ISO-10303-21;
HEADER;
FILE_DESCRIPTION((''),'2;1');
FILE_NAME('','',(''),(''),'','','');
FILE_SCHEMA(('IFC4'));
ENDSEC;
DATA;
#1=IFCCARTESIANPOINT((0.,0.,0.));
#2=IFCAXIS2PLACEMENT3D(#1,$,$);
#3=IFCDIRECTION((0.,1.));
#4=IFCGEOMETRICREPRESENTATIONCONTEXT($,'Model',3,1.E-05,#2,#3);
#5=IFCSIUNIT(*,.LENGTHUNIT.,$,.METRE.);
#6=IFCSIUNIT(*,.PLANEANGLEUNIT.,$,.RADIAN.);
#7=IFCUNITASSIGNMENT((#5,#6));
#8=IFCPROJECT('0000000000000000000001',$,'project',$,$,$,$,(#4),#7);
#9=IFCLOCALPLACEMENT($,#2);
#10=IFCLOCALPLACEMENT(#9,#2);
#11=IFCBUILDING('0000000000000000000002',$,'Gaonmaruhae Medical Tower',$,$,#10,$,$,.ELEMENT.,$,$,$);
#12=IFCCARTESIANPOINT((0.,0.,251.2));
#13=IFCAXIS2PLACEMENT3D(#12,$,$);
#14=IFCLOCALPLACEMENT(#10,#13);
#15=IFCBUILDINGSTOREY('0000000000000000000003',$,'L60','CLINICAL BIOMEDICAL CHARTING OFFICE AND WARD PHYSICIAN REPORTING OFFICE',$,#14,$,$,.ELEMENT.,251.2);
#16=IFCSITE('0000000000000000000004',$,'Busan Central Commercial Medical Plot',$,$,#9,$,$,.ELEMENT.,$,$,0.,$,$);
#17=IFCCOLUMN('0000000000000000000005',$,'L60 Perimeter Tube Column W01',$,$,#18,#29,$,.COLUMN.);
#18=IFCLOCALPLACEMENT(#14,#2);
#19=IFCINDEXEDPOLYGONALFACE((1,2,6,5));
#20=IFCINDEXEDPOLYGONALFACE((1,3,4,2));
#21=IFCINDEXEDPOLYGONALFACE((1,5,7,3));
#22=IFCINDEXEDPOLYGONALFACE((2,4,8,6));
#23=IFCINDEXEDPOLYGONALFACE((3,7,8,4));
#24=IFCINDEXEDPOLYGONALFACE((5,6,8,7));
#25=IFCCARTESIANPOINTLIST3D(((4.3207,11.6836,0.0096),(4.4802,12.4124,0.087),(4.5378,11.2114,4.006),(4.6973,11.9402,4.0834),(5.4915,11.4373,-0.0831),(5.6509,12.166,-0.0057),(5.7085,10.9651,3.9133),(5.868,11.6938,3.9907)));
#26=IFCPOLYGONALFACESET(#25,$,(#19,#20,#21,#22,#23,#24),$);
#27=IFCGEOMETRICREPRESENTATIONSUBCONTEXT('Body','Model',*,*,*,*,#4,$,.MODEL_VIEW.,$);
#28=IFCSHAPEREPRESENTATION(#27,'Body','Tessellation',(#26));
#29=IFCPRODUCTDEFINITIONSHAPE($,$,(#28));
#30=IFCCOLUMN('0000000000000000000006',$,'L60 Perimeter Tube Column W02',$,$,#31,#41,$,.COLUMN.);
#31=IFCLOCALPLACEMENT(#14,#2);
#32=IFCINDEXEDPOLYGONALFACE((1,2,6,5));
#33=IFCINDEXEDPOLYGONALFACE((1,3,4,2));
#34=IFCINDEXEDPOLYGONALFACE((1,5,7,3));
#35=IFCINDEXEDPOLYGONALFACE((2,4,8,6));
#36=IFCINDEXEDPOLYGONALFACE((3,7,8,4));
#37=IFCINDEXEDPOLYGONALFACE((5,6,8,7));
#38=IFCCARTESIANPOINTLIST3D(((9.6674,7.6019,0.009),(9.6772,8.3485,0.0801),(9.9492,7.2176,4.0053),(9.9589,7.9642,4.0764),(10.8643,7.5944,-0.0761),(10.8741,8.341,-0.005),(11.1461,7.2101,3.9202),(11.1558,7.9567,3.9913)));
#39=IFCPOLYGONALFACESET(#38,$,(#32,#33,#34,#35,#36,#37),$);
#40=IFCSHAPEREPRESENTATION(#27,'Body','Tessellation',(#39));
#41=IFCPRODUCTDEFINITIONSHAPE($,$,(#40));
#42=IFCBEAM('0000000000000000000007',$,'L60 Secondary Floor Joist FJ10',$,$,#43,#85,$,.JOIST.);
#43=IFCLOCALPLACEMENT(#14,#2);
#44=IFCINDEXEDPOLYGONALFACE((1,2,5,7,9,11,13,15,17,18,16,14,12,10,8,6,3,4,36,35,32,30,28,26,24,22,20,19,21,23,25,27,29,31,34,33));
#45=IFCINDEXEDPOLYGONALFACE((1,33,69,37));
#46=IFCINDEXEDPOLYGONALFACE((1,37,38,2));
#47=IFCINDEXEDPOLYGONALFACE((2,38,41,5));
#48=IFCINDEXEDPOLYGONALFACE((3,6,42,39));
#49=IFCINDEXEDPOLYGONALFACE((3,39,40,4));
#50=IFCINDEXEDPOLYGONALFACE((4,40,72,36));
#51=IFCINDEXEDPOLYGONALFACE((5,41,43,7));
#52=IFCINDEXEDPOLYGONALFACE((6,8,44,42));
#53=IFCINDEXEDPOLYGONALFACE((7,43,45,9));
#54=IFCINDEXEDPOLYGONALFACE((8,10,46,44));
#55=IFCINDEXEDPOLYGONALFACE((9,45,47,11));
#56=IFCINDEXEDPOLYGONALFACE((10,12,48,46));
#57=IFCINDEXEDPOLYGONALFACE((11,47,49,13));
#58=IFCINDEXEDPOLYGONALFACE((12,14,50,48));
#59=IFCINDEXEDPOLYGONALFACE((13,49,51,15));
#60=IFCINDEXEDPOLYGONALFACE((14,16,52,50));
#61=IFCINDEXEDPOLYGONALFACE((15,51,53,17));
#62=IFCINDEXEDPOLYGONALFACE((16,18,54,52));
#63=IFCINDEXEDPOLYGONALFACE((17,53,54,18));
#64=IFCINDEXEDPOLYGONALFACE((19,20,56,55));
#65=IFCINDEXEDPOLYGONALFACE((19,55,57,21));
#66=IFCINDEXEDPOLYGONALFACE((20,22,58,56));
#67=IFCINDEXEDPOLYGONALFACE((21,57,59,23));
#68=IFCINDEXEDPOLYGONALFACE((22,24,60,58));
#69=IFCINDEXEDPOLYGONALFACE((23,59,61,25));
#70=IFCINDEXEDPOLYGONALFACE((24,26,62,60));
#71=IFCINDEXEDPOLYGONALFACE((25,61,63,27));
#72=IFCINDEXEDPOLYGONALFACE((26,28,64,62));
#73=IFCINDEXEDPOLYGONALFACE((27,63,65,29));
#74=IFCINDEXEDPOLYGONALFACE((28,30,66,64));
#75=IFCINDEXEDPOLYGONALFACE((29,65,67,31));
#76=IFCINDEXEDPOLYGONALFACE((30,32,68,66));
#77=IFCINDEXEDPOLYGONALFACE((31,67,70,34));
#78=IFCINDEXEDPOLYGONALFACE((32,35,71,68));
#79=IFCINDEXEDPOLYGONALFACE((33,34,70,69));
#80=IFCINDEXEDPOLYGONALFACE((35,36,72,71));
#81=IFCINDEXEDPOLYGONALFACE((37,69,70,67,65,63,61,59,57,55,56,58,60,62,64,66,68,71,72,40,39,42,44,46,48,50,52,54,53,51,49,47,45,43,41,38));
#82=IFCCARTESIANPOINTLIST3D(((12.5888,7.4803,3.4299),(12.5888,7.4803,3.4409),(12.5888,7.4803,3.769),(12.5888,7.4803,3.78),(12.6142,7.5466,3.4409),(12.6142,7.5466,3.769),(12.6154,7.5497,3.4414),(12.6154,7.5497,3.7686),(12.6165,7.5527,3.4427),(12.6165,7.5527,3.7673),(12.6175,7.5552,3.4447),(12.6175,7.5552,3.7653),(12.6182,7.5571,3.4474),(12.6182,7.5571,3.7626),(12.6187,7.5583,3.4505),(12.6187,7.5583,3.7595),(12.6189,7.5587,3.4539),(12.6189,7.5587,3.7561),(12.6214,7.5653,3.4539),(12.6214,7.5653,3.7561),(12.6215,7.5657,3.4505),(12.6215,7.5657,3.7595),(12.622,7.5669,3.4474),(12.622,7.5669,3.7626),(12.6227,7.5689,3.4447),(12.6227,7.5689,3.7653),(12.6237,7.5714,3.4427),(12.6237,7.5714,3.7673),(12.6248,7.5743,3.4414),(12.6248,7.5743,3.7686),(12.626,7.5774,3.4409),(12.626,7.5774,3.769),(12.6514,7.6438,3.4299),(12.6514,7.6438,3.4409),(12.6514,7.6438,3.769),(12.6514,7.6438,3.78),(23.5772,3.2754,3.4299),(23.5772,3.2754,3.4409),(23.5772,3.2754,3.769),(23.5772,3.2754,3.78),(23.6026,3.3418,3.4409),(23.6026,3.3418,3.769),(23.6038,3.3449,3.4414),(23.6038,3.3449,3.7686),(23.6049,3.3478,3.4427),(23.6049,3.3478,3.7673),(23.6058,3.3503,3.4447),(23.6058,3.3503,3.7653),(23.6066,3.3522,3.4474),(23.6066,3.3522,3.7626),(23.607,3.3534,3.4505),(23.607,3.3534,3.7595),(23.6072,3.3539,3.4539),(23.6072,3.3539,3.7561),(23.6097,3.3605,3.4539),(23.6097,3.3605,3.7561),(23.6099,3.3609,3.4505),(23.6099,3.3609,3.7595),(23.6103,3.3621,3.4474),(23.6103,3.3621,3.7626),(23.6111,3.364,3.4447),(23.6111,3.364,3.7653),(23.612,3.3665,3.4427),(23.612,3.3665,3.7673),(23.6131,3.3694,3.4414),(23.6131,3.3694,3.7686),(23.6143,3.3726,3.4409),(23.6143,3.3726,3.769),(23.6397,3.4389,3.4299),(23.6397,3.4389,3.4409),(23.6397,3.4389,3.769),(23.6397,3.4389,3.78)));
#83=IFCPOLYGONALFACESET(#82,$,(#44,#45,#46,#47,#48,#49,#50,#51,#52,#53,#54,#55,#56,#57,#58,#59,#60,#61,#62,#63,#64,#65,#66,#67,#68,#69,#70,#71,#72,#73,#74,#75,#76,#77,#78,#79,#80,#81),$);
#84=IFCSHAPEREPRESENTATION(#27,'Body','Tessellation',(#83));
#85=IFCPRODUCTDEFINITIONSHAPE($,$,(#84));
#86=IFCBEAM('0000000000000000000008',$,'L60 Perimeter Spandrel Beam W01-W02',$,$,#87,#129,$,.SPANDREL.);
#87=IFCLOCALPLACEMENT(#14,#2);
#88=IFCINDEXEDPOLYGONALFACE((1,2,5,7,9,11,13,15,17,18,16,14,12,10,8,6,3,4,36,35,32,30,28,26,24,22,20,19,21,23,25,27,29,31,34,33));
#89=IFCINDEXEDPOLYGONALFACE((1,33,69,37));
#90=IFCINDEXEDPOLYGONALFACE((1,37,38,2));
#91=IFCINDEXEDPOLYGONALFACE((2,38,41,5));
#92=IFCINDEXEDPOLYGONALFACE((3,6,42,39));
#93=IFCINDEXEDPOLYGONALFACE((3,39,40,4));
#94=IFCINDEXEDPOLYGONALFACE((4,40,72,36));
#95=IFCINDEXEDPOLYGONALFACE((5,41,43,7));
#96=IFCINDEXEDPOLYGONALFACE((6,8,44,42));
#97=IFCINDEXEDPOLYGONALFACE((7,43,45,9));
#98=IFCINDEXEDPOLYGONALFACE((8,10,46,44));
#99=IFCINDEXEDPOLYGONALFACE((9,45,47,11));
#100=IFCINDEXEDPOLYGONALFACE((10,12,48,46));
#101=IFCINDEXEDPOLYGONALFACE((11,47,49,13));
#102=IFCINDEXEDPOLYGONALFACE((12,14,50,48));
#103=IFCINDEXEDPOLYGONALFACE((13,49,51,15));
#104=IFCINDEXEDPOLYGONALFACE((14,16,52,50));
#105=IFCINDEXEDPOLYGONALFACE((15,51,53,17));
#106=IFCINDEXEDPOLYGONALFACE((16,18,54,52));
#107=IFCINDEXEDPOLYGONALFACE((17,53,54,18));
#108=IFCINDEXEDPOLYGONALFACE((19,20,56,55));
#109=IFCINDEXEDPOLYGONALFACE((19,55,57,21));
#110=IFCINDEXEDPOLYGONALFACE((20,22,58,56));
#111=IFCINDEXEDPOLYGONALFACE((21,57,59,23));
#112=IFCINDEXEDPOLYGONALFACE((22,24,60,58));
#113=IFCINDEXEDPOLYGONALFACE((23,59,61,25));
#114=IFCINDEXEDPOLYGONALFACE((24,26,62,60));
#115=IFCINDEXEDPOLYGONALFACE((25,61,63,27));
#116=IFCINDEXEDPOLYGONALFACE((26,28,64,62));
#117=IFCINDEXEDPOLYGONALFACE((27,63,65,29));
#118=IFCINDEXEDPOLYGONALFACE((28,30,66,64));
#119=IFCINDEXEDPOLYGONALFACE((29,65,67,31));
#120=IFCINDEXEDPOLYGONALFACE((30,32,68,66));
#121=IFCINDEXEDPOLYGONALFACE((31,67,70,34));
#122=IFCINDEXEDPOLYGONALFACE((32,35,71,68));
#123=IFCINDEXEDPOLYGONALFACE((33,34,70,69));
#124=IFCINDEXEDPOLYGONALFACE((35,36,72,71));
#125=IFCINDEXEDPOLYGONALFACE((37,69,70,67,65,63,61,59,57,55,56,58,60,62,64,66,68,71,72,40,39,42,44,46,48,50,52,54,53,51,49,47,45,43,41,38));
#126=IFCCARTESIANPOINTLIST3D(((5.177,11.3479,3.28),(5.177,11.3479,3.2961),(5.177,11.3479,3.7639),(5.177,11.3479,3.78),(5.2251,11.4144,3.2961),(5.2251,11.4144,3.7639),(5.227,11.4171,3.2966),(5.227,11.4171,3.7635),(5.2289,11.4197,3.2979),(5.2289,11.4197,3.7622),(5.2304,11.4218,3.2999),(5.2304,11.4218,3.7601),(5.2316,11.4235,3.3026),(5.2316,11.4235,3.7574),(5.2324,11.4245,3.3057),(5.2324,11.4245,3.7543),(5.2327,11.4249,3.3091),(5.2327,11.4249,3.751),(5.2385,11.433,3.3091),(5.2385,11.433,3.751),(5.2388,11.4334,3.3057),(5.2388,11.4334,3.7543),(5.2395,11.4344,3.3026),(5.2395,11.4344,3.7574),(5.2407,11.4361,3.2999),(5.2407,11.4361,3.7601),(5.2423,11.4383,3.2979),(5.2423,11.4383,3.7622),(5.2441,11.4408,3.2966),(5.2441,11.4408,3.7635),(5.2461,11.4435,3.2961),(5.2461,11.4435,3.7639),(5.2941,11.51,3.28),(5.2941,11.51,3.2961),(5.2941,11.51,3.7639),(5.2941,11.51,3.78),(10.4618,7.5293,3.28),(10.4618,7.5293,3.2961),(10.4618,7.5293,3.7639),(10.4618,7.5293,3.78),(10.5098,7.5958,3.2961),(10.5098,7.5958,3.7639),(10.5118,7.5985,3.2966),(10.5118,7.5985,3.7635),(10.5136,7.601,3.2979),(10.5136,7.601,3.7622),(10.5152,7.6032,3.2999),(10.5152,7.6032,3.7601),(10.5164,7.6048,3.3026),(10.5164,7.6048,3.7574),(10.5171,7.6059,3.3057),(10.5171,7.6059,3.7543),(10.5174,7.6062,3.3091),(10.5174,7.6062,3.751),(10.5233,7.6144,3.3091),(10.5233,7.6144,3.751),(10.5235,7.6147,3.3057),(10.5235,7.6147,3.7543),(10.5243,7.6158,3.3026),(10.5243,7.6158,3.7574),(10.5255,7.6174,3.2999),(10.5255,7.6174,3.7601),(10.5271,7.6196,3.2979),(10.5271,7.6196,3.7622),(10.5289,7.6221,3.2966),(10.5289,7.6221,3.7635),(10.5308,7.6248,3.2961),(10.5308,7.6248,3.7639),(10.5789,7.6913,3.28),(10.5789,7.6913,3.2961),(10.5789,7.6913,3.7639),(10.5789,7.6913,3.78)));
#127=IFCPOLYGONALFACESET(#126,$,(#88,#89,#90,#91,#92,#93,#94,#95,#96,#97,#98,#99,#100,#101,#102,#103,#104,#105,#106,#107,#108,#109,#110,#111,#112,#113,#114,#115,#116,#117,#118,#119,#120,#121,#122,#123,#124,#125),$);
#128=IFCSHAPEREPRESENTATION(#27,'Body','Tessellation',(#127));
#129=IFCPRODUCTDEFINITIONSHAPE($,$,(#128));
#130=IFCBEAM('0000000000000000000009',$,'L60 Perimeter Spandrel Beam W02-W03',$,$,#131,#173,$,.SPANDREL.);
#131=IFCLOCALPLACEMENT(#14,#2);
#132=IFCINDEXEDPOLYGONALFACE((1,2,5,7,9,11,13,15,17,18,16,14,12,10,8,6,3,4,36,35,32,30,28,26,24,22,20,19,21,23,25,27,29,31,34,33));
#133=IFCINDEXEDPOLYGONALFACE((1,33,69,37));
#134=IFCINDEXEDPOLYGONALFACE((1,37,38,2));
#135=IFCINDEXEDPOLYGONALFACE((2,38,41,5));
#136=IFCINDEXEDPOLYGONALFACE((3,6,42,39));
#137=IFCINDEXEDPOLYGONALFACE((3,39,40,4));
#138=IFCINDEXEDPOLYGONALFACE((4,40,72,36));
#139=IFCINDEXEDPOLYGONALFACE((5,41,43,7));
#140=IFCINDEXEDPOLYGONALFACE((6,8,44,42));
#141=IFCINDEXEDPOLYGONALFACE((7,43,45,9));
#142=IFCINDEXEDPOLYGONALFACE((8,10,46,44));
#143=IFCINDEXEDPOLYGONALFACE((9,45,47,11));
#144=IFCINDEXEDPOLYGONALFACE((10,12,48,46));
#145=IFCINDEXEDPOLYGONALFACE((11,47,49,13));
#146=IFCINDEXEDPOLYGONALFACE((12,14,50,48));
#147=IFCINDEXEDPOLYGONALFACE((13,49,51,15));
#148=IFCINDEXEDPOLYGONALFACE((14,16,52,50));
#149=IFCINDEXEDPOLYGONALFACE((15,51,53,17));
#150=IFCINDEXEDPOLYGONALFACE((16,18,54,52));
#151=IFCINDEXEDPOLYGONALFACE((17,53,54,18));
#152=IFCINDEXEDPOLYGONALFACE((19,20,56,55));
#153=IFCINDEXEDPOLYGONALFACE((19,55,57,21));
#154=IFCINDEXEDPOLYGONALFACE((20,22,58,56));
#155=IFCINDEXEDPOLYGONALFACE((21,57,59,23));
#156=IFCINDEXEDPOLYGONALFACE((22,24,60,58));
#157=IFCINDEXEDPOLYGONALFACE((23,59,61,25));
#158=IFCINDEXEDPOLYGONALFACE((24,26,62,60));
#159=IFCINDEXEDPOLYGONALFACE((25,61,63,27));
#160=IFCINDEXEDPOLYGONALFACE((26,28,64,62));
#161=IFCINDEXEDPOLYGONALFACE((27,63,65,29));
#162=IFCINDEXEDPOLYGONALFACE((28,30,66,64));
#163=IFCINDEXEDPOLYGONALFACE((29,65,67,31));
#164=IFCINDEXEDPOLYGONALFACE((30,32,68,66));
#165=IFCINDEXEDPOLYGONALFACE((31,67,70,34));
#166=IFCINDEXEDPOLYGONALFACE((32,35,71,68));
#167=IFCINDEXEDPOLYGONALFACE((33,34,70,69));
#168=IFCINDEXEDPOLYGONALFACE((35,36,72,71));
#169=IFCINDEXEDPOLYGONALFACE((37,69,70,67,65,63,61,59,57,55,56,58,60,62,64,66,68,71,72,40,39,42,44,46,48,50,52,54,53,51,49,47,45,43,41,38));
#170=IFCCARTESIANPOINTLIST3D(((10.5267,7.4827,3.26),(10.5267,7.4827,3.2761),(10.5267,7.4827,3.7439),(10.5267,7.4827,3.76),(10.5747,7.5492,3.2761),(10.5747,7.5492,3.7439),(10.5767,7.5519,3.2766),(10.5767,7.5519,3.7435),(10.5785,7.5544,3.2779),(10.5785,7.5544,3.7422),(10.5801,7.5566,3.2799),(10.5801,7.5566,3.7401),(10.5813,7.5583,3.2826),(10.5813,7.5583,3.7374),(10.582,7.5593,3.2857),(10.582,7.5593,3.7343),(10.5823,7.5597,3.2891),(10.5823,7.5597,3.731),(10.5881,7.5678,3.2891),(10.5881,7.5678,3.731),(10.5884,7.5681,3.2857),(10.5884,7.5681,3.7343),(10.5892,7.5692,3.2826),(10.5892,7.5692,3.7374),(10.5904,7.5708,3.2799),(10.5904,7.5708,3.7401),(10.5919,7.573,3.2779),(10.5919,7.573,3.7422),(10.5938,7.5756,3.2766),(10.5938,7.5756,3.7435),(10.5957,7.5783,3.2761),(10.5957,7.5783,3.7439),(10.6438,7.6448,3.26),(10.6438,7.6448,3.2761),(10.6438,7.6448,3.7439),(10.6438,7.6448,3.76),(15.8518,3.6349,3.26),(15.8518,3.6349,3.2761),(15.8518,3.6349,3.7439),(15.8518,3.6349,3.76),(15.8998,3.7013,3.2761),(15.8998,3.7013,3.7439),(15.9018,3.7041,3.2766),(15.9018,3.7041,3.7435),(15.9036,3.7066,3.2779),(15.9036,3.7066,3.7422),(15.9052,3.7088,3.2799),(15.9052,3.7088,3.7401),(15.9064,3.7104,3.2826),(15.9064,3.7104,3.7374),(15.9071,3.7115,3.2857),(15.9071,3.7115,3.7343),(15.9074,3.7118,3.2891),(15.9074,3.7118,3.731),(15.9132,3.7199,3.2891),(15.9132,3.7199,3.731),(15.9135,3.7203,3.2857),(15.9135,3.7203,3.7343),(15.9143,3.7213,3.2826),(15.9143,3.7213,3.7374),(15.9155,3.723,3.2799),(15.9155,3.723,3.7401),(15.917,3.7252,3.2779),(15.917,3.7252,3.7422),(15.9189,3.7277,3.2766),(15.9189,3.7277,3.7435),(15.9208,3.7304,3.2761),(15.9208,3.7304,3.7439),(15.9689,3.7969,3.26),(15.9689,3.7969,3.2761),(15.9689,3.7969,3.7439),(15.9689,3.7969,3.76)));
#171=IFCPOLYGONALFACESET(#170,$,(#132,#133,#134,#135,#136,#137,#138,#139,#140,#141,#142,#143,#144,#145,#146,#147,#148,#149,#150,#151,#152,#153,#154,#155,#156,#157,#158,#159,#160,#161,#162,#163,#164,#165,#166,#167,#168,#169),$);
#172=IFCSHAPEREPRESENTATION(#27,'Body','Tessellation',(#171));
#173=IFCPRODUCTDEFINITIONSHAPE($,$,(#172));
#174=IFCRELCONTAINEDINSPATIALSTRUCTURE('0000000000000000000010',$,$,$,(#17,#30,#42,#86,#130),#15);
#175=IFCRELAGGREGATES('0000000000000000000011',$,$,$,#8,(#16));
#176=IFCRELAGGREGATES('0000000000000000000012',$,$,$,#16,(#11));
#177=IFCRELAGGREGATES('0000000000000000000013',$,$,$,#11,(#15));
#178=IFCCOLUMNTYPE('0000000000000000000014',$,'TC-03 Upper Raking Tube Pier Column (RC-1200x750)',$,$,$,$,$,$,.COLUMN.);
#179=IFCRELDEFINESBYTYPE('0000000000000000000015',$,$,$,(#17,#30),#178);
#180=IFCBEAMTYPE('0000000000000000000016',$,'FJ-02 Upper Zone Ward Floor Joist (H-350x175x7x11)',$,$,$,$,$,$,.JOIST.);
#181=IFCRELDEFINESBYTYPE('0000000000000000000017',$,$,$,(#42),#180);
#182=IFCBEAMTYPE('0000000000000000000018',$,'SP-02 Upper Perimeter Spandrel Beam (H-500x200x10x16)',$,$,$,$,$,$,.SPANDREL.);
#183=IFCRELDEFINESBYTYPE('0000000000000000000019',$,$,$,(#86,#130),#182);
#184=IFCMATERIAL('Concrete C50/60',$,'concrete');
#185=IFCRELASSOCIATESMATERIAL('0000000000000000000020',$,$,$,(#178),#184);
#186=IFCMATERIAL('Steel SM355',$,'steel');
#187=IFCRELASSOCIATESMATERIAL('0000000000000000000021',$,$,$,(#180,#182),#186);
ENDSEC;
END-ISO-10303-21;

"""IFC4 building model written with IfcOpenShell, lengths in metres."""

from ifc_helpers import new_model, si_unit, direction, frame, origin, origin_2d, place, context, subcontext, project, spatial, rectangle, i_section, extrude, material, material_profile, profile_set, type_object, element, save


model = new_model("IFC4")

# Units and contexts
model_context = context("Model", 3, precision=1e-05, world=origin(), true_north=direction((0.0, 1.0)))
body_context = subcontext(model_context, "Body", "Model", "MODEL_VIEW")
ifc_project = project(units=[si_unit("LENGTHUNIT", "METRE"), si_unit("PLANEANGLEUNIT", "RADIAN")], contexts=[model_context])

# Site, building, storey
site_placement = place(None, origin())
site = spatial("IfcSite", under=ifc_project, at=site_placement, Name="Busan Central Commercial Medical Plot", CompositionType="ELEMENT", RefElevation=0.0)
building_placement = place(site_placement, origin())
building = spatial("IfcBuilding", under=site, at=building_placement, Name="Gaonmaruhae Medical Tower", CompositionType="ELEMENT")
storey_placement = place(building_placement, frame((0.0, 0.0, 251.2)))
storey = spatial("IfcBuildingStorey", under=building, at=storey_placement, Name="L60", Description="CLINICAL BIOMEDICAL CHARTING OFFICE AND WARD PHYSICIAN REPORTING OFFICE", CompositionType="ELEMENT", Elevation=251.2)

# Columns
ifc_material_1 = material(Name="Concrete C50/60", Category="concrete")
ifc_material_profile_1 = material_profile(ifc_material_1, rectangle(XDim=1.2, YDim=0.75, at=origin_2d()), Name="RC-1200x750")
ifc_profile_set_1 = profile_set([ifc_material_profile_1], Name="Concrete C50/60")
column_type = type_object("IfcColumnType", Name="TC-03 Upper Raking Tube Pier Column (RC-1200x750)", PredefinedType="COLUMN", material=ifc_profile_set_1)
column_1_placement = place(storey_placement, frame((4.9858, 11.9248, 0.002), z_axis=(0.053857, -0.117164, 0.991651), x_axis=(-0.975646, 0.2053, 0.077244)))
element("IfcColumn", 1, at=column_1_placement, inside=storey, type_object=column_type, Name="L60 Perimeter Tube Column W01", PredefinedType="COLUMN", context=body_context, shape_type="SweptSolid", body=[
    extrude(rectangle(XDim=1.2, YDim=0.75, at=origin_2d()), origin(), (0.0, 0.0, 1.0), 4.03),
])
column_2_placement = place(storey_placement, frame((10.2708, 7.9714, 0.002), z_axis=(0.070003, -0.095481, 0.992967), x_axis=(-0.997462, 0.006245, 0.070921)))
element("IfcColumn", 2, at=column_2_placement, inside=storey, type_object=column_type, Name="L60 Perimeter Tube Column W02", PredefinedType="COLUMN", context=body_context, shape_type="SweptSolid", body=[
    extrude(rectangle(XDim=1.2, YDim=0.75, at=origin_2d()), origin(), (0.0, 0.0, 1.0), 4.0247),
])

# Beams
ifc_material_2 = material(Name="Steel SM355", Category="steel")
ifc_material_profile_2 = material_profile(ifc_material_2, i_section(OverallWidth=0.175, OverallDepth=0.3501, WebThickness=0.0071, FlangeThickness=0.011, FilletRadius=0.0129, at=origin_2d()), Name="H-350x175x7x11")
ifc_profile_set_2 = profile_set([ifc_material_profile_2], Name="Steel SM355")
beam_type_1 = type_object("IfcBeamType", Name="FJ-02 Upper Zone Ward Floor Joist (H-350x175x7x11)", PredefinedType="JOIST", material=ifc_profile_set_2)
beam_1_placement = place(storey_placement, frame((12.6201, 7.562, 3.605), z_axis=(0.933954, -0.357392, 0.0), x_axis=(0.357392, 0.933954, 0.0)))
element("IfcBeam", 3, at=beam_1_placement, inside=storey, type_object=beam_type_1, Name="L60 Secondary Floor Joist FJ10", PredefinedType="JOIST", context=body_context, shape_type="SweptSolid", body=[
    extrude(i_section(OverallWidth=0.175, OverallDepth=0.3501, WebThickness=0.0071, FlangeThickness=0.011, FilletRadius=0.0129, at=origin_2d()), origin(), (0.0, 0.0, 1.0), 11.7654),
])
ifc_material_profile_3 = material_profile(ifc_material_2, i_section(OverallWidth=0.2, OverallDepth=0.5, WebThickness=0.01, FlangeThickness=0.0161, FilletRadius=0.0129, at=origin_2d()), Name="H-500x200x10x16")
ifc_profile_set_3 = profile_set([ifc_material_profile_3], Name="Steel SM355")
beam_type_2 = type_object("IfcBeamType", Name="SP-02 Upper Perimeter Spandrel Beam (H-500x200x10x16)", PredefinedType="SPANDREL", material=ifc_profile_set_3)
beam_2_placement = place(storey_placement, frame((5.2356, 11.429, 3.53), z_axis=(0.810541, -0.585682, 0.0), x_axis=(0.585682, 0.810541, 0.0)))
element("IfcBeam", 4, at=beam_2_placement, inside=storey, type_object=beam_type_2, Name="L60 Perimeter Spandrel Beam W01-W02", PredefinedType="SPANDREL", context=body_context, shape_type="SweptSolid", body=[
    extrude(i_section(OverallWidth=0.2, OverallDepth=0.5, WebThickness=0.01, FlangeThickness=0.0161, FilletRadius=0.0129, at=origin_2d()), origin(), (0.0, 0.0, 1.0), 6.52),
])
beam_3_placement = place(storey_placement, frame((10.5852, 7.5637, 3.51), z_axis=(0.81054, -0.585683, 0.0), x_axis=(0.585683, 0.81054, 0.0)))
element("IfcBeam", 5, at=beam_3_placement, inside=storey, type_object=beam_type_2, Name="L60 Perimeter Spandrel Beam W02-W03", PredefinedType="SPANDREL", context=body_context, shape_type="SweptSolid", body=[
    extrude(i_section(OverallWidth=0.2, OverallDepth=0.5, WebThickness=0.01, FlangeThickness=0.0161, FilletRadius=0.0129, at=origin_2d()), origin(), (0.0, 0.0, 1.0), 6.5698),
])

save(model, "model.ifc")
